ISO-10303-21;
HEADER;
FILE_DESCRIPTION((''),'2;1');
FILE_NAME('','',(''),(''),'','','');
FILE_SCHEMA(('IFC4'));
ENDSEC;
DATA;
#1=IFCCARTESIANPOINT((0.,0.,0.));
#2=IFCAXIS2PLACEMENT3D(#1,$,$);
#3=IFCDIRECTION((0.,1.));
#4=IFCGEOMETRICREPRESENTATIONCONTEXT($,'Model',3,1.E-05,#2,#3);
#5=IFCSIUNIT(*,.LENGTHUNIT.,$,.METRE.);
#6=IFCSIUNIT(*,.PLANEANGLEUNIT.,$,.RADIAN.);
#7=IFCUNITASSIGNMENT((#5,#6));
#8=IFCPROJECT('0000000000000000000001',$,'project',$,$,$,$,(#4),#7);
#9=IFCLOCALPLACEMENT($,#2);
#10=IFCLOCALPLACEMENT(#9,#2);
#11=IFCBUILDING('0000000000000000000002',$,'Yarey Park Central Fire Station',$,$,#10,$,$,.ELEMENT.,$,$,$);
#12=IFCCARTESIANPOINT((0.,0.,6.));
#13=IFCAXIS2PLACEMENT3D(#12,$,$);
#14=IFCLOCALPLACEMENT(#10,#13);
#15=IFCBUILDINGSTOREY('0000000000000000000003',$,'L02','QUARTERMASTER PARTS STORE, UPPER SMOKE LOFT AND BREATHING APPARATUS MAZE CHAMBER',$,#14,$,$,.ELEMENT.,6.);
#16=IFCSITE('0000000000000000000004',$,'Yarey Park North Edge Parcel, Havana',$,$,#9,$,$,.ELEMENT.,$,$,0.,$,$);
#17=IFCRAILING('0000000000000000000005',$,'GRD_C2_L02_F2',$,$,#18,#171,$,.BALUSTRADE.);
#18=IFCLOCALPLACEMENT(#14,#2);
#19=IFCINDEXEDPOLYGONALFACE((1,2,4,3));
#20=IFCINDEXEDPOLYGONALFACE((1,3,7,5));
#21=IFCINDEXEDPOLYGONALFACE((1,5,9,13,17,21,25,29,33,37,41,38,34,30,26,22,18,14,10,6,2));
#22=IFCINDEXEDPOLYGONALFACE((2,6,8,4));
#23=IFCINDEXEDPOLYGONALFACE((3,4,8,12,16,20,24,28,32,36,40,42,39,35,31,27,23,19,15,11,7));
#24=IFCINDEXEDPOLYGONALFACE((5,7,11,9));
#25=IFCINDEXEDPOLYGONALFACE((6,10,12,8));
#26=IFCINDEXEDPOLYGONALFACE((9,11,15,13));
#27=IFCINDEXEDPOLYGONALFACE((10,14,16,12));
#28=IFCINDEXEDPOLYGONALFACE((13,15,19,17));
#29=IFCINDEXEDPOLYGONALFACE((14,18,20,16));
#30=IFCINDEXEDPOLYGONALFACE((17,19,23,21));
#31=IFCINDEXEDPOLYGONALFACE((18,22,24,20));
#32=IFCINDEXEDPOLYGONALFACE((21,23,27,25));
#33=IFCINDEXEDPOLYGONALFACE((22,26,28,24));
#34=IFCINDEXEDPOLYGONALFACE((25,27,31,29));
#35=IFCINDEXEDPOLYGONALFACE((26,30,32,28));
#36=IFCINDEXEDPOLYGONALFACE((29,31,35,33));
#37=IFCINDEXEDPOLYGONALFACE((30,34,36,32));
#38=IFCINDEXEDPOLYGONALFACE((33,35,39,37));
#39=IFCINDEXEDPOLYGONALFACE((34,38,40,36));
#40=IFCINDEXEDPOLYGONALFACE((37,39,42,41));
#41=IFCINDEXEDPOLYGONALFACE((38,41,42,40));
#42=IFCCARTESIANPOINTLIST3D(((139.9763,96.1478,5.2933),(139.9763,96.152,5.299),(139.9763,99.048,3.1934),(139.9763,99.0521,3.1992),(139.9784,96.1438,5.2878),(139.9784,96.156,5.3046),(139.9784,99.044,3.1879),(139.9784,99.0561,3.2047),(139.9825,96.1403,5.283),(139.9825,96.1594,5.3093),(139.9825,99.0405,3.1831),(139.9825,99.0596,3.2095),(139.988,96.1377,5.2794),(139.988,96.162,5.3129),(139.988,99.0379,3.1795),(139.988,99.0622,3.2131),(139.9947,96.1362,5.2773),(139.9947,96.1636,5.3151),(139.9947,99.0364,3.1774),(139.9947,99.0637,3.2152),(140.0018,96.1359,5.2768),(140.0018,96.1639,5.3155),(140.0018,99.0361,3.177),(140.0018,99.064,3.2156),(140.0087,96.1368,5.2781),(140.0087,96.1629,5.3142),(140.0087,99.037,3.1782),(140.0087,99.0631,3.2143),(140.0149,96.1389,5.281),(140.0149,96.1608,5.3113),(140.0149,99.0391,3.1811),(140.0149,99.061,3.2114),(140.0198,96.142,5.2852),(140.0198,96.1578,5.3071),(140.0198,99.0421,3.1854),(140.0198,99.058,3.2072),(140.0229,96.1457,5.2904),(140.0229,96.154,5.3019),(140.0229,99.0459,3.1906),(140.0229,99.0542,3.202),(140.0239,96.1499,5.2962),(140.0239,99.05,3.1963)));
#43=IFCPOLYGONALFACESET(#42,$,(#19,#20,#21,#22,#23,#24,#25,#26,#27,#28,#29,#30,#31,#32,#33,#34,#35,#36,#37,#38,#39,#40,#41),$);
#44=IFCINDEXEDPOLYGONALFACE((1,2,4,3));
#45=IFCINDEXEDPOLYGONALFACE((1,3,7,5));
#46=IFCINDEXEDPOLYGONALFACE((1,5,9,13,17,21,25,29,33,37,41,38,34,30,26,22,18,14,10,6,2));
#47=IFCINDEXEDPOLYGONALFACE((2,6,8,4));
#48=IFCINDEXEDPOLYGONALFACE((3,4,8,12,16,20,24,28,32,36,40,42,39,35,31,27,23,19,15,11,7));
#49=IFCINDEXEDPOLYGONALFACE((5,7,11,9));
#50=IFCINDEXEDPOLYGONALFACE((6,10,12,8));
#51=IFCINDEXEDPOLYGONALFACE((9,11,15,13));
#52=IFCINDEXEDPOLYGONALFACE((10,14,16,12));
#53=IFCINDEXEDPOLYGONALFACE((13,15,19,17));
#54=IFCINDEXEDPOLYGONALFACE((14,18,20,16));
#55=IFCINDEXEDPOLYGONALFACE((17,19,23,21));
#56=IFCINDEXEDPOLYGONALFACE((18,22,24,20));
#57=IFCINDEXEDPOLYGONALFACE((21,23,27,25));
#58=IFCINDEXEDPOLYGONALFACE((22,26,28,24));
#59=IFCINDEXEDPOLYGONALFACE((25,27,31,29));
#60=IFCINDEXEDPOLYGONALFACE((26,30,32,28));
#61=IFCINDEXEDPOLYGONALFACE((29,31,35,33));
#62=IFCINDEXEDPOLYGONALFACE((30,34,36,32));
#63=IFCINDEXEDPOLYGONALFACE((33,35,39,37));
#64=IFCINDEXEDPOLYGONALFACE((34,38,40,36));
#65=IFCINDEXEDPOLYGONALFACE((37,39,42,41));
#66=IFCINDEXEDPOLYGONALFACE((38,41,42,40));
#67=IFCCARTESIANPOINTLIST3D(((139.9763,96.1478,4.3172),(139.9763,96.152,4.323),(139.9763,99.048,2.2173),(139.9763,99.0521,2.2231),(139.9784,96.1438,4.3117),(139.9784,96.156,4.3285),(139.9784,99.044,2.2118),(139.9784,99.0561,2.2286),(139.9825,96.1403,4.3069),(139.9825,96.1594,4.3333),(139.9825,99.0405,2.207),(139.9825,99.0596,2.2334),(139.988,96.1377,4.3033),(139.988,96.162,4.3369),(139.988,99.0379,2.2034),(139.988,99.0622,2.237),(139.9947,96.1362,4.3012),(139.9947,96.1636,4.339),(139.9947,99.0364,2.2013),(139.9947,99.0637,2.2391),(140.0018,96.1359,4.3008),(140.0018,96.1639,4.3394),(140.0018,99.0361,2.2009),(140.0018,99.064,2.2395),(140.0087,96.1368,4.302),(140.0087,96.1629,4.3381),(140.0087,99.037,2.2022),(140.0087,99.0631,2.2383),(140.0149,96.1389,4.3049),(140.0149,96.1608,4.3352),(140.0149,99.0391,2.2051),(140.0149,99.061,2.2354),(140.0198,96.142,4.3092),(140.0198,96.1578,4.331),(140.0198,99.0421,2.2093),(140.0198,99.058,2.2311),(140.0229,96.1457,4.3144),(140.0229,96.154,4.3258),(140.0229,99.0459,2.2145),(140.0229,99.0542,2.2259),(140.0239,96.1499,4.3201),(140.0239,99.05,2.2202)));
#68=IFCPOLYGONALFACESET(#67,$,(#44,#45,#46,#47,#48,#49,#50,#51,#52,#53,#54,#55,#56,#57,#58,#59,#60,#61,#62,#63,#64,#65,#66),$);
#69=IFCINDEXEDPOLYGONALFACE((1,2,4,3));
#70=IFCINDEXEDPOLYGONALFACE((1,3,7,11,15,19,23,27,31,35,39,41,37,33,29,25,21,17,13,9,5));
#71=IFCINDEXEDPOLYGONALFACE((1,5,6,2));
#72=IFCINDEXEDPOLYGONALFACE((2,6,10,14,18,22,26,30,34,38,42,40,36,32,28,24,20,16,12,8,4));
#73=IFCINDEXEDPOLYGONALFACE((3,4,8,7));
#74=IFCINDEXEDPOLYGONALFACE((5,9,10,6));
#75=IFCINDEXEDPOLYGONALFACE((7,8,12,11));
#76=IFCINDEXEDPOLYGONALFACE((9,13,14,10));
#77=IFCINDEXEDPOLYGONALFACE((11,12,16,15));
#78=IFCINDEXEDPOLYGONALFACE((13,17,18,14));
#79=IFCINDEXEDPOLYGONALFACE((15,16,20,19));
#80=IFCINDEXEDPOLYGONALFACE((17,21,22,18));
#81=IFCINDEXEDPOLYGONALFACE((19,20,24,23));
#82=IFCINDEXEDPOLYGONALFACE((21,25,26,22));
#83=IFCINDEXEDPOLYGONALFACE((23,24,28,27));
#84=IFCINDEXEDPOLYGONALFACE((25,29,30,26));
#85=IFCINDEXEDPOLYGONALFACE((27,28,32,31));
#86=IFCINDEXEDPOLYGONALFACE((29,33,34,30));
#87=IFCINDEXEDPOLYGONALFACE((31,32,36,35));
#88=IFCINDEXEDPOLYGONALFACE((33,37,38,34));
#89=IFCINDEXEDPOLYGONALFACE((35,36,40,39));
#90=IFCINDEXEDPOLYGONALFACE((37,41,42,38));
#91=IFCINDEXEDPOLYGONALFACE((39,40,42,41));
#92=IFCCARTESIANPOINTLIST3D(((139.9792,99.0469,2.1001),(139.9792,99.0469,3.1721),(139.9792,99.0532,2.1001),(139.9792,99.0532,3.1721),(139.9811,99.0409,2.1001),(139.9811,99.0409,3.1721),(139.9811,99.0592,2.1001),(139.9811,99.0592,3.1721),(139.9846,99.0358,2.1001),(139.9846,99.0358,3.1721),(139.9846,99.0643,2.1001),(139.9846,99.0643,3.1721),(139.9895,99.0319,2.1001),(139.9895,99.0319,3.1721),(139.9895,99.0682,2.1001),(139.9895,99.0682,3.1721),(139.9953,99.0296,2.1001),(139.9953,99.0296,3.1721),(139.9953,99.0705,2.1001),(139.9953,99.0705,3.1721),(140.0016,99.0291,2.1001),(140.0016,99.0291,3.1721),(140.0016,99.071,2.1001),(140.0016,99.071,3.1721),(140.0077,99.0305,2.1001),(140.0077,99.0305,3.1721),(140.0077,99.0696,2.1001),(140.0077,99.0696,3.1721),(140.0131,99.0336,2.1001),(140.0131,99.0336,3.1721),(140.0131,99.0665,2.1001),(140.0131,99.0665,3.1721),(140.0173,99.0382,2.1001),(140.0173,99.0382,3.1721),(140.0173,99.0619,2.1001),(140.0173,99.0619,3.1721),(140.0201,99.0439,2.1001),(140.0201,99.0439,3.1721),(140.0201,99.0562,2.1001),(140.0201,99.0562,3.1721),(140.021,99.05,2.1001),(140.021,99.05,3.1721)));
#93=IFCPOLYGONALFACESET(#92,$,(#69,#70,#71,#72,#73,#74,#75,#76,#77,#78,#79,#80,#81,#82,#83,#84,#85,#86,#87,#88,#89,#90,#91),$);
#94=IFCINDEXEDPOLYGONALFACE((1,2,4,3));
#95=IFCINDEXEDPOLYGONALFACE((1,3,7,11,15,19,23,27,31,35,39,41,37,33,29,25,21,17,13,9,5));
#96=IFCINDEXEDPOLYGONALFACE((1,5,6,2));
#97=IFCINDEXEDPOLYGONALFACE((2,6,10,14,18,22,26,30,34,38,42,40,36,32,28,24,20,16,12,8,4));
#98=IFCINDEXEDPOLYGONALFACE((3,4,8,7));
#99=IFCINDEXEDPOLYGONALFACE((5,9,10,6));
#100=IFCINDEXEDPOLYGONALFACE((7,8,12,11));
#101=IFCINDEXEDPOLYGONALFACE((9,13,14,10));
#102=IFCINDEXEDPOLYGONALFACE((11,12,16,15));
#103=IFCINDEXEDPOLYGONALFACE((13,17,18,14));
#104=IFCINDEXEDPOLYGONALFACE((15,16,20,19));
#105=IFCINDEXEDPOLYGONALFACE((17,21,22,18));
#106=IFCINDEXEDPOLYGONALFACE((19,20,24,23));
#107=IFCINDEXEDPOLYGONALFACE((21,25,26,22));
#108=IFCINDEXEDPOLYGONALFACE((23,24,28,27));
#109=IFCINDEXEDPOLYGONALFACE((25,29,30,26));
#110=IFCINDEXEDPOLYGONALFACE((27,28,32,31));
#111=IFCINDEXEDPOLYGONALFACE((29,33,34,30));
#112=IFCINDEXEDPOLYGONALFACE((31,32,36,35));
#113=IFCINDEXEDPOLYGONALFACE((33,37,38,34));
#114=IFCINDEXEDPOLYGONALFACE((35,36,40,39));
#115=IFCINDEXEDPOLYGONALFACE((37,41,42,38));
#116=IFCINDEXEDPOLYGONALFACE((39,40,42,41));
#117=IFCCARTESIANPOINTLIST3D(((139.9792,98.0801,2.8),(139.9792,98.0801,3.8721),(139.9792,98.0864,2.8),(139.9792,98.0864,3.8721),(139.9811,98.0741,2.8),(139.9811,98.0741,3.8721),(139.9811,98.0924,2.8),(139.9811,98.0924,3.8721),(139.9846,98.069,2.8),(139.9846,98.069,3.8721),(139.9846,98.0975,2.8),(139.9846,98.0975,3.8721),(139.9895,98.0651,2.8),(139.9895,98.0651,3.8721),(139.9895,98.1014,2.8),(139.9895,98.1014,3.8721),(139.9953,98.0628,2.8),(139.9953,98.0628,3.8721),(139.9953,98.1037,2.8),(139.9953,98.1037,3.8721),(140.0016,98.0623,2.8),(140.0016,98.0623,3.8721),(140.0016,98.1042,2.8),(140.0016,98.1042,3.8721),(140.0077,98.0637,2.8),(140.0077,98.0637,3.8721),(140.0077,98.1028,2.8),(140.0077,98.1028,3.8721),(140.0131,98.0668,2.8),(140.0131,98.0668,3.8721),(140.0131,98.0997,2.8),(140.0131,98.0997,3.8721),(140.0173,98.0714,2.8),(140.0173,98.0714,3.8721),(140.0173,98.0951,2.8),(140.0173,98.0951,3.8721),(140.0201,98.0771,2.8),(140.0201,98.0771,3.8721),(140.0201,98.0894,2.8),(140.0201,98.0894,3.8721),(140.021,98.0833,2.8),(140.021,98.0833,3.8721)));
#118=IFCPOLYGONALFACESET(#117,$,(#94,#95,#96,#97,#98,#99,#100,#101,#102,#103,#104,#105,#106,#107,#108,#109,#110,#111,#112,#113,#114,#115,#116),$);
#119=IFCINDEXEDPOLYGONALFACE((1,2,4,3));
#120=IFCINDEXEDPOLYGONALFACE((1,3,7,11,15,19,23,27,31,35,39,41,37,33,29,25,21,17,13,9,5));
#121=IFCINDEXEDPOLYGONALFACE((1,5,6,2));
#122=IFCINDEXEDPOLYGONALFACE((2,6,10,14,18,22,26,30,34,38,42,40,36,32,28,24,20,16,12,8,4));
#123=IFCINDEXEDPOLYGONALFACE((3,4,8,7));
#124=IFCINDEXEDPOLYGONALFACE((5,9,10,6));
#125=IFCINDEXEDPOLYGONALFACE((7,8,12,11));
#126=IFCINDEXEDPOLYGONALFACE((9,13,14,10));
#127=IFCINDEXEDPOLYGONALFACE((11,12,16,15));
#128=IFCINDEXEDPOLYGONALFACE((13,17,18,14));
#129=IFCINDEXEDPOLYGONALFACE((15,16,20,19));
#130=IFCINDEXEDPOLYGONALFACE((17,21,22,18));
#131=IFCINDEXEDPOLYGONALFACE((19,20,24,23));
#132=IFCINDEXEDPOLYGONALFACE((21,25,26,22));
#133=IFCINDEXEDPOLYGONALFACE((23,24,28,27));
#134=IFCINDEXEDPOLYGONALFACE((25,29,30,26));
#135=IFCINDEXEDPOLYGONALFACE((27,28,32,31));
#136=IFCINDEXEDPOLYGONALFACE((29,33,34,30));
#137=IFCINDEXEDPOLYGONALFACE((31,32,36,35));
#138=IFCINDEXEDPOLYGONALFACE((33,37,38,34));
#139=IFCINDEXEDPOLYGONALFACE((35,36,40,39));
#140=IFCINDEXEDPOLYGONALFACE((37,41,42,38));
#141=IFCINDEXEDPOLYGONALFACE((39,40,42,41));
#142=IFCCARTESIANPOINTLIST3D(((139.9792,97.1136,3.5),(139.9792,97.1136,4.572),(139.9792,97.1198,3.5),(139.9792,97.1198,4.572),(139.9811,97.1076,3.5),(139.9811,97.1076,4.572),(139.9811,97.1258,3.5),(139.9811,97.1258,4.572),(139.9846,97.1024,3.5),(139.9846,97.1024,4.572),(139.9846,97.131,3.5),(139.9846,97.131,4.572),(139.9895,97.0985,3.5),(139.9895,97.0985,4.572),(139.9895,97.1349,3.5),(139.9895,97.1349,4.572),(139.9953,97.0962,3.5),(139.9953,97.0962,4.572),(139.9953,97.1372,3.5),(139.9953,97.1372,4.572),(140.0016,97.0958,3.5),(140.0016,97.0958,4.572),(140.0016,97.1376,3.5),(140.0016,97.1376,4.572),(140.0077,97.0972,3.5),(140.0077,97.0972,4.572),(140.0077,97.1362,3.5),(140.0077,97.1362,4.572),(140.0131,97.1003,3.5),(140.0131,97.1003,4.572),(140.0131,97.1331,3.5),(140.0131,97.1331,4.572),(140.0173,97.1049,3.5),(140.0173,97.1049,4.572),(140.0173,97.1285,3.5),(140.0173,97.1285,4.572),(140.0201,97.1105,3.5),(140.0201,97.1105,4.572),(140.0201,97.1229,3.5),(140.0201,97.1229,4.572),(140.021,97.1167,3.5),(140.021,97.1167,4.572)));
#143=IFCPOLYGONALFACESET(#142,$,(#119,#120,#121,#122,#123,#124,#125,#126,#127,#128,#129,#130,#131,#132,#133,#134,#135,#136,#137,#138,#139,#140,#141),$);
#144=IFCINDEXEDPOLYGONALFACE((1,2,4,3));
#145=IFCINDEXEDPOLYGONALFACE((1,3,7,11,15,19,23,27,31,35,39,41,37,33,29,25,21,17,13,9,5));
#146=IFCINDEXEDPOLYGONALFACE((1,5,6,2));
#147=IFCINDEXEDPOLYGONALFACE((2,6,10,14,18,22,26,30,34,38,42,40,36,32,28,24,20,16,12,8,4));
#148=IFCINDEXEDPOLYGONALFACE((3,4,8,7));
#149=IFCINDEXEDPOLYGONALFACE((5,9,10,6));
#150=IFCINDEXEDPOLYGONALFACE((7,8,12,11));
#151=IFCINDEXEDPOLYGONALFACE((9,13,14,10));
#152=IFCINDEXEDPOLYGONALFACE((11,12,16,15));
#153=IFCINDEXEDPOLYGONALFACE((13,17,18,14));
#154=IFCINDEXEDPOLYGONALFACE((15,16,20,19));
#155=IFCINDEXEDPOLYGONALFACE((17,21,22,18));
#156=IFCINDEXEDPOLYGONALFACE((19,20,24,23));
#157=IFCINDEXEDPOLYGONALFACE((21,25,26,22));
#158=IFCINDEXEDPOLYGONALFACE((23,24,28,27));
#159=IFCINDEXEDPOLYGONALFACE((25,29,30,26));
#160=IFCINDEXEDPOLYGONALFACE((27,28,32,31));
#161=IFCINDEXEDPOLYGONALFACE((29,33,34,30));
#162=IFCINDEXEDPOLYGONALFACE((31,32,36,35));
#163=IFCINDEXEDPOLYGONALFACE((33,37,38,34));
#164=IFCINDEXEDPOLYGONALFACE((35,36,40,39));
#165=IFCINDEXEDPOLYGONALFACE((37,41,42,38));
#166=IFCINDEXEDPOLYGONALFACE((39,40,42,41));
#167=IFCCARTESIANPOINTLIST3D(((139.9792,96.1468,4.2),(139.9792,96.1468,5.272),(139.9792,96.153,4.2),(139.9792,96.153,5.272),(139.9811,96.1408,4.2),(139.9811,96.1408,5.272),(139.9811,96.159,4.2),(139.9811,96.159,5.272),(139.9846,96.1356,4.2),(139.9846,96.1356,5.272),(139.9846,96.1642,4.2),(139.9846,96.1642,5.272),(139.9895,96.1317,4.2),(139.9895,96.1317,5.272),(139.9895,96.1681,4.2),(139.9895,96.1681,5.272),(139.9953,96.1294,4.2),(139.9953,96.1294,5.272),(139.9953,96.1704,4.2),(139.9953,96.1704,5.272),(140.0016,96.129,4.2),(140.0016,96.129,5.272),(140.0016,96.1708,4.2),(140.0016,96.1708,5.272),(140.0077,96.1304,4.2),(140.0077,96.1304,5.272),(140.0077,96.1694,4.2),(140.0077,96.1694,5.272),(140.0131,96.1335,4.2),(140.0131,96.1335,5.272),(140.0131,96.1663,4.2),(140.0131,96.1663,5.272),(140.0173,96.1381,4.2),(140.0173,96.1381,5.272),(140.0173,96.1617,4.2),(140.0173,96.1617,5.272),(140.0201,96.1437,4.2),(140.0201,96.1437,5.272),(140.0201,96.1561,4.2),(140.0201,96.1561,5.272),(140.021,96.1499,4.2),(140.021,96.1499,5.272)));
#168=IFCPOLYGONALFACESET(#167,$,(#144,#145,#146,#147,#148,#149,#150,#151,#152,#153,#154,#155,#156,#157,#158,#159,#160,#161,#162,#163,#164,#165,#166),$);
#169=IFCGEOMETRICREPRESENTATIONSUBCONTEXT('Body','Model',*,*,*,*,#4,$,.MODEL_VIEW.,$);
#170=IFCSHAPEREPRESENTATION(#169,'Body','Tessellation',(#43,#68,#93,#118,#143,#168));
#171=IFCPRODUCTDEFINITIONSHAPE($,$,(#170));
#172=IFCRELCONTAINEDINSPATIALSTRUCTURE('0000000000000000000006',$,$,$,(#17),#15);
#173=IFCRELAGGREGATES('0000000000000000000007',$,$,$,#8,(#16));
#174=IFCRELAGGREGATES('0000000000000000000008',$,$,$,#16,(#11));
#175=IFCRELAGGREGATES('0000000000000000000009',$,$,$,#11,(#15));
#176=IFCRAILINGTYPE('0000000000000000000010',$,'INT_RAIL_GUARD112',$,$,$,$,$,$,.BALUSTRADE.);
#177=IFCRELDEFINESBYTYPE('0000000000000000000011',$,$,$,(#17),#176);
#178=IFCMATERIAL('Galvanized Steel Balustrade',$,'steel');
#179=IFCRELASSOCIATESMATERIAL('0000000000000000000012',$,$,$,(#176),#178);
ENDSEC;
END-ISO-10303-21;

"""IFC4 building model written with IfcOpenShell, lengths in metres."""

from ifc_helpers import new_model, si_unit, direction, frame, origin, origin_2d, place, context, subcontext, project, spatial, circle, extrude, material, type_object, element, save


model = new_model("IFC4")

# Units and contexts
model_context = context("Model", 3, precision=1e-05, world=origin(), true_north=direction((0.0, 1.0)))
body_context = subcontext(model_context, "Body", "Model", "MODEL_VIEW")
ifc_project = project(units=[si_unit("LENGTHUNIT", "METRE"), si_unit("PLANEANGLEUNIT", "RADIAN")], contexts=[model_context])

# Site, building, storey
site_placement = place(None, origin())
site = spatial("IfcSite", under=ifc_project, at=site_placement, Name="Yarey Park North Edge Parcel, Havana", CompositionType="ELEMENT", RefElevation=0.0)
building_placement = place(site_placement, origin())
building = spatial("IfcBuilding", under=site, at=building_placement, Name="Yarey Park Central Fire Station", CompositionType="ELEMENT")
storey_placement = place(building_placement, frame((0.0, 0.0, 6.0)))
storey = spatial("IfcBuildingStorey", under=building, at=storey_placement, Name="L02", Description="QUARTERMASTER PARTS STORE, UPPER SMOKE LOFT AND BREATHING APPARATUS MAZE CHAMBER", CompositionType="ELEMENT", Elevation=6.0)

# Railing
ifc_material_1 = material(Name="Galvanized Steel Balustrade", Category="steel")
railing_type = type_object("IfcRailingType", Name="INT_RAIL_GUARD112", PredefinedType="BALUSTRADE", material=ifc_material_1)
railing_1_placement = place(storey_placement, frame((140.0, 99.05, 2.1001)))
element("IfcRailing", 1, at=railing_1_placement, inside=storey, type_object=railing_type, Name="GRD_C2_L02_F2", PredefinedType="BALUSTRADE", context=body_context, shape_type="SweptSolid", body=[
    extrude(circle(Radius=0.0239, at=origin_2d()), frame((0.0, 0.0, 1.0962), z_axis=(0.0, -0.809976, 0.586464), x_axis=(1.0, 0.0, 0.0)), (0.0, 0.0, 1.0), 3.5806),
    extrude(circle(Radius=0.0239, at=origin_2d()), frame((0.0, 0.0, 0.1201), z_axis=(0.0, -0.809976, 0.586464), x_axis=(1.0, 0.0, 0.0)), (0.0, 0.0, 1.0), 3.5806),
    extrude(circle(Radius=0.021, at=origin_2d()), origin(), (0.0, 0.0, 1.0), 1.072),
    extrude(circle(Radius=0.021, at=origin_2d()), frame((0.0, -0.9668, 0.7)), (0.0, 0.0, 1.0), 1.072),
    extrude(circle(Radius=0.021, at=origin_2d()), frame((0.0, -1.9333, 1.3999)), (0.0, 0.0, 1.0), 1.072),
    extrude(circle(Radius=0.021, at=origin_2d()), frame((0.0, -2.9001, 2.0999)), (0.0, 0.0, 1.0), 1.072),
])

save(model, "model.ifc")
